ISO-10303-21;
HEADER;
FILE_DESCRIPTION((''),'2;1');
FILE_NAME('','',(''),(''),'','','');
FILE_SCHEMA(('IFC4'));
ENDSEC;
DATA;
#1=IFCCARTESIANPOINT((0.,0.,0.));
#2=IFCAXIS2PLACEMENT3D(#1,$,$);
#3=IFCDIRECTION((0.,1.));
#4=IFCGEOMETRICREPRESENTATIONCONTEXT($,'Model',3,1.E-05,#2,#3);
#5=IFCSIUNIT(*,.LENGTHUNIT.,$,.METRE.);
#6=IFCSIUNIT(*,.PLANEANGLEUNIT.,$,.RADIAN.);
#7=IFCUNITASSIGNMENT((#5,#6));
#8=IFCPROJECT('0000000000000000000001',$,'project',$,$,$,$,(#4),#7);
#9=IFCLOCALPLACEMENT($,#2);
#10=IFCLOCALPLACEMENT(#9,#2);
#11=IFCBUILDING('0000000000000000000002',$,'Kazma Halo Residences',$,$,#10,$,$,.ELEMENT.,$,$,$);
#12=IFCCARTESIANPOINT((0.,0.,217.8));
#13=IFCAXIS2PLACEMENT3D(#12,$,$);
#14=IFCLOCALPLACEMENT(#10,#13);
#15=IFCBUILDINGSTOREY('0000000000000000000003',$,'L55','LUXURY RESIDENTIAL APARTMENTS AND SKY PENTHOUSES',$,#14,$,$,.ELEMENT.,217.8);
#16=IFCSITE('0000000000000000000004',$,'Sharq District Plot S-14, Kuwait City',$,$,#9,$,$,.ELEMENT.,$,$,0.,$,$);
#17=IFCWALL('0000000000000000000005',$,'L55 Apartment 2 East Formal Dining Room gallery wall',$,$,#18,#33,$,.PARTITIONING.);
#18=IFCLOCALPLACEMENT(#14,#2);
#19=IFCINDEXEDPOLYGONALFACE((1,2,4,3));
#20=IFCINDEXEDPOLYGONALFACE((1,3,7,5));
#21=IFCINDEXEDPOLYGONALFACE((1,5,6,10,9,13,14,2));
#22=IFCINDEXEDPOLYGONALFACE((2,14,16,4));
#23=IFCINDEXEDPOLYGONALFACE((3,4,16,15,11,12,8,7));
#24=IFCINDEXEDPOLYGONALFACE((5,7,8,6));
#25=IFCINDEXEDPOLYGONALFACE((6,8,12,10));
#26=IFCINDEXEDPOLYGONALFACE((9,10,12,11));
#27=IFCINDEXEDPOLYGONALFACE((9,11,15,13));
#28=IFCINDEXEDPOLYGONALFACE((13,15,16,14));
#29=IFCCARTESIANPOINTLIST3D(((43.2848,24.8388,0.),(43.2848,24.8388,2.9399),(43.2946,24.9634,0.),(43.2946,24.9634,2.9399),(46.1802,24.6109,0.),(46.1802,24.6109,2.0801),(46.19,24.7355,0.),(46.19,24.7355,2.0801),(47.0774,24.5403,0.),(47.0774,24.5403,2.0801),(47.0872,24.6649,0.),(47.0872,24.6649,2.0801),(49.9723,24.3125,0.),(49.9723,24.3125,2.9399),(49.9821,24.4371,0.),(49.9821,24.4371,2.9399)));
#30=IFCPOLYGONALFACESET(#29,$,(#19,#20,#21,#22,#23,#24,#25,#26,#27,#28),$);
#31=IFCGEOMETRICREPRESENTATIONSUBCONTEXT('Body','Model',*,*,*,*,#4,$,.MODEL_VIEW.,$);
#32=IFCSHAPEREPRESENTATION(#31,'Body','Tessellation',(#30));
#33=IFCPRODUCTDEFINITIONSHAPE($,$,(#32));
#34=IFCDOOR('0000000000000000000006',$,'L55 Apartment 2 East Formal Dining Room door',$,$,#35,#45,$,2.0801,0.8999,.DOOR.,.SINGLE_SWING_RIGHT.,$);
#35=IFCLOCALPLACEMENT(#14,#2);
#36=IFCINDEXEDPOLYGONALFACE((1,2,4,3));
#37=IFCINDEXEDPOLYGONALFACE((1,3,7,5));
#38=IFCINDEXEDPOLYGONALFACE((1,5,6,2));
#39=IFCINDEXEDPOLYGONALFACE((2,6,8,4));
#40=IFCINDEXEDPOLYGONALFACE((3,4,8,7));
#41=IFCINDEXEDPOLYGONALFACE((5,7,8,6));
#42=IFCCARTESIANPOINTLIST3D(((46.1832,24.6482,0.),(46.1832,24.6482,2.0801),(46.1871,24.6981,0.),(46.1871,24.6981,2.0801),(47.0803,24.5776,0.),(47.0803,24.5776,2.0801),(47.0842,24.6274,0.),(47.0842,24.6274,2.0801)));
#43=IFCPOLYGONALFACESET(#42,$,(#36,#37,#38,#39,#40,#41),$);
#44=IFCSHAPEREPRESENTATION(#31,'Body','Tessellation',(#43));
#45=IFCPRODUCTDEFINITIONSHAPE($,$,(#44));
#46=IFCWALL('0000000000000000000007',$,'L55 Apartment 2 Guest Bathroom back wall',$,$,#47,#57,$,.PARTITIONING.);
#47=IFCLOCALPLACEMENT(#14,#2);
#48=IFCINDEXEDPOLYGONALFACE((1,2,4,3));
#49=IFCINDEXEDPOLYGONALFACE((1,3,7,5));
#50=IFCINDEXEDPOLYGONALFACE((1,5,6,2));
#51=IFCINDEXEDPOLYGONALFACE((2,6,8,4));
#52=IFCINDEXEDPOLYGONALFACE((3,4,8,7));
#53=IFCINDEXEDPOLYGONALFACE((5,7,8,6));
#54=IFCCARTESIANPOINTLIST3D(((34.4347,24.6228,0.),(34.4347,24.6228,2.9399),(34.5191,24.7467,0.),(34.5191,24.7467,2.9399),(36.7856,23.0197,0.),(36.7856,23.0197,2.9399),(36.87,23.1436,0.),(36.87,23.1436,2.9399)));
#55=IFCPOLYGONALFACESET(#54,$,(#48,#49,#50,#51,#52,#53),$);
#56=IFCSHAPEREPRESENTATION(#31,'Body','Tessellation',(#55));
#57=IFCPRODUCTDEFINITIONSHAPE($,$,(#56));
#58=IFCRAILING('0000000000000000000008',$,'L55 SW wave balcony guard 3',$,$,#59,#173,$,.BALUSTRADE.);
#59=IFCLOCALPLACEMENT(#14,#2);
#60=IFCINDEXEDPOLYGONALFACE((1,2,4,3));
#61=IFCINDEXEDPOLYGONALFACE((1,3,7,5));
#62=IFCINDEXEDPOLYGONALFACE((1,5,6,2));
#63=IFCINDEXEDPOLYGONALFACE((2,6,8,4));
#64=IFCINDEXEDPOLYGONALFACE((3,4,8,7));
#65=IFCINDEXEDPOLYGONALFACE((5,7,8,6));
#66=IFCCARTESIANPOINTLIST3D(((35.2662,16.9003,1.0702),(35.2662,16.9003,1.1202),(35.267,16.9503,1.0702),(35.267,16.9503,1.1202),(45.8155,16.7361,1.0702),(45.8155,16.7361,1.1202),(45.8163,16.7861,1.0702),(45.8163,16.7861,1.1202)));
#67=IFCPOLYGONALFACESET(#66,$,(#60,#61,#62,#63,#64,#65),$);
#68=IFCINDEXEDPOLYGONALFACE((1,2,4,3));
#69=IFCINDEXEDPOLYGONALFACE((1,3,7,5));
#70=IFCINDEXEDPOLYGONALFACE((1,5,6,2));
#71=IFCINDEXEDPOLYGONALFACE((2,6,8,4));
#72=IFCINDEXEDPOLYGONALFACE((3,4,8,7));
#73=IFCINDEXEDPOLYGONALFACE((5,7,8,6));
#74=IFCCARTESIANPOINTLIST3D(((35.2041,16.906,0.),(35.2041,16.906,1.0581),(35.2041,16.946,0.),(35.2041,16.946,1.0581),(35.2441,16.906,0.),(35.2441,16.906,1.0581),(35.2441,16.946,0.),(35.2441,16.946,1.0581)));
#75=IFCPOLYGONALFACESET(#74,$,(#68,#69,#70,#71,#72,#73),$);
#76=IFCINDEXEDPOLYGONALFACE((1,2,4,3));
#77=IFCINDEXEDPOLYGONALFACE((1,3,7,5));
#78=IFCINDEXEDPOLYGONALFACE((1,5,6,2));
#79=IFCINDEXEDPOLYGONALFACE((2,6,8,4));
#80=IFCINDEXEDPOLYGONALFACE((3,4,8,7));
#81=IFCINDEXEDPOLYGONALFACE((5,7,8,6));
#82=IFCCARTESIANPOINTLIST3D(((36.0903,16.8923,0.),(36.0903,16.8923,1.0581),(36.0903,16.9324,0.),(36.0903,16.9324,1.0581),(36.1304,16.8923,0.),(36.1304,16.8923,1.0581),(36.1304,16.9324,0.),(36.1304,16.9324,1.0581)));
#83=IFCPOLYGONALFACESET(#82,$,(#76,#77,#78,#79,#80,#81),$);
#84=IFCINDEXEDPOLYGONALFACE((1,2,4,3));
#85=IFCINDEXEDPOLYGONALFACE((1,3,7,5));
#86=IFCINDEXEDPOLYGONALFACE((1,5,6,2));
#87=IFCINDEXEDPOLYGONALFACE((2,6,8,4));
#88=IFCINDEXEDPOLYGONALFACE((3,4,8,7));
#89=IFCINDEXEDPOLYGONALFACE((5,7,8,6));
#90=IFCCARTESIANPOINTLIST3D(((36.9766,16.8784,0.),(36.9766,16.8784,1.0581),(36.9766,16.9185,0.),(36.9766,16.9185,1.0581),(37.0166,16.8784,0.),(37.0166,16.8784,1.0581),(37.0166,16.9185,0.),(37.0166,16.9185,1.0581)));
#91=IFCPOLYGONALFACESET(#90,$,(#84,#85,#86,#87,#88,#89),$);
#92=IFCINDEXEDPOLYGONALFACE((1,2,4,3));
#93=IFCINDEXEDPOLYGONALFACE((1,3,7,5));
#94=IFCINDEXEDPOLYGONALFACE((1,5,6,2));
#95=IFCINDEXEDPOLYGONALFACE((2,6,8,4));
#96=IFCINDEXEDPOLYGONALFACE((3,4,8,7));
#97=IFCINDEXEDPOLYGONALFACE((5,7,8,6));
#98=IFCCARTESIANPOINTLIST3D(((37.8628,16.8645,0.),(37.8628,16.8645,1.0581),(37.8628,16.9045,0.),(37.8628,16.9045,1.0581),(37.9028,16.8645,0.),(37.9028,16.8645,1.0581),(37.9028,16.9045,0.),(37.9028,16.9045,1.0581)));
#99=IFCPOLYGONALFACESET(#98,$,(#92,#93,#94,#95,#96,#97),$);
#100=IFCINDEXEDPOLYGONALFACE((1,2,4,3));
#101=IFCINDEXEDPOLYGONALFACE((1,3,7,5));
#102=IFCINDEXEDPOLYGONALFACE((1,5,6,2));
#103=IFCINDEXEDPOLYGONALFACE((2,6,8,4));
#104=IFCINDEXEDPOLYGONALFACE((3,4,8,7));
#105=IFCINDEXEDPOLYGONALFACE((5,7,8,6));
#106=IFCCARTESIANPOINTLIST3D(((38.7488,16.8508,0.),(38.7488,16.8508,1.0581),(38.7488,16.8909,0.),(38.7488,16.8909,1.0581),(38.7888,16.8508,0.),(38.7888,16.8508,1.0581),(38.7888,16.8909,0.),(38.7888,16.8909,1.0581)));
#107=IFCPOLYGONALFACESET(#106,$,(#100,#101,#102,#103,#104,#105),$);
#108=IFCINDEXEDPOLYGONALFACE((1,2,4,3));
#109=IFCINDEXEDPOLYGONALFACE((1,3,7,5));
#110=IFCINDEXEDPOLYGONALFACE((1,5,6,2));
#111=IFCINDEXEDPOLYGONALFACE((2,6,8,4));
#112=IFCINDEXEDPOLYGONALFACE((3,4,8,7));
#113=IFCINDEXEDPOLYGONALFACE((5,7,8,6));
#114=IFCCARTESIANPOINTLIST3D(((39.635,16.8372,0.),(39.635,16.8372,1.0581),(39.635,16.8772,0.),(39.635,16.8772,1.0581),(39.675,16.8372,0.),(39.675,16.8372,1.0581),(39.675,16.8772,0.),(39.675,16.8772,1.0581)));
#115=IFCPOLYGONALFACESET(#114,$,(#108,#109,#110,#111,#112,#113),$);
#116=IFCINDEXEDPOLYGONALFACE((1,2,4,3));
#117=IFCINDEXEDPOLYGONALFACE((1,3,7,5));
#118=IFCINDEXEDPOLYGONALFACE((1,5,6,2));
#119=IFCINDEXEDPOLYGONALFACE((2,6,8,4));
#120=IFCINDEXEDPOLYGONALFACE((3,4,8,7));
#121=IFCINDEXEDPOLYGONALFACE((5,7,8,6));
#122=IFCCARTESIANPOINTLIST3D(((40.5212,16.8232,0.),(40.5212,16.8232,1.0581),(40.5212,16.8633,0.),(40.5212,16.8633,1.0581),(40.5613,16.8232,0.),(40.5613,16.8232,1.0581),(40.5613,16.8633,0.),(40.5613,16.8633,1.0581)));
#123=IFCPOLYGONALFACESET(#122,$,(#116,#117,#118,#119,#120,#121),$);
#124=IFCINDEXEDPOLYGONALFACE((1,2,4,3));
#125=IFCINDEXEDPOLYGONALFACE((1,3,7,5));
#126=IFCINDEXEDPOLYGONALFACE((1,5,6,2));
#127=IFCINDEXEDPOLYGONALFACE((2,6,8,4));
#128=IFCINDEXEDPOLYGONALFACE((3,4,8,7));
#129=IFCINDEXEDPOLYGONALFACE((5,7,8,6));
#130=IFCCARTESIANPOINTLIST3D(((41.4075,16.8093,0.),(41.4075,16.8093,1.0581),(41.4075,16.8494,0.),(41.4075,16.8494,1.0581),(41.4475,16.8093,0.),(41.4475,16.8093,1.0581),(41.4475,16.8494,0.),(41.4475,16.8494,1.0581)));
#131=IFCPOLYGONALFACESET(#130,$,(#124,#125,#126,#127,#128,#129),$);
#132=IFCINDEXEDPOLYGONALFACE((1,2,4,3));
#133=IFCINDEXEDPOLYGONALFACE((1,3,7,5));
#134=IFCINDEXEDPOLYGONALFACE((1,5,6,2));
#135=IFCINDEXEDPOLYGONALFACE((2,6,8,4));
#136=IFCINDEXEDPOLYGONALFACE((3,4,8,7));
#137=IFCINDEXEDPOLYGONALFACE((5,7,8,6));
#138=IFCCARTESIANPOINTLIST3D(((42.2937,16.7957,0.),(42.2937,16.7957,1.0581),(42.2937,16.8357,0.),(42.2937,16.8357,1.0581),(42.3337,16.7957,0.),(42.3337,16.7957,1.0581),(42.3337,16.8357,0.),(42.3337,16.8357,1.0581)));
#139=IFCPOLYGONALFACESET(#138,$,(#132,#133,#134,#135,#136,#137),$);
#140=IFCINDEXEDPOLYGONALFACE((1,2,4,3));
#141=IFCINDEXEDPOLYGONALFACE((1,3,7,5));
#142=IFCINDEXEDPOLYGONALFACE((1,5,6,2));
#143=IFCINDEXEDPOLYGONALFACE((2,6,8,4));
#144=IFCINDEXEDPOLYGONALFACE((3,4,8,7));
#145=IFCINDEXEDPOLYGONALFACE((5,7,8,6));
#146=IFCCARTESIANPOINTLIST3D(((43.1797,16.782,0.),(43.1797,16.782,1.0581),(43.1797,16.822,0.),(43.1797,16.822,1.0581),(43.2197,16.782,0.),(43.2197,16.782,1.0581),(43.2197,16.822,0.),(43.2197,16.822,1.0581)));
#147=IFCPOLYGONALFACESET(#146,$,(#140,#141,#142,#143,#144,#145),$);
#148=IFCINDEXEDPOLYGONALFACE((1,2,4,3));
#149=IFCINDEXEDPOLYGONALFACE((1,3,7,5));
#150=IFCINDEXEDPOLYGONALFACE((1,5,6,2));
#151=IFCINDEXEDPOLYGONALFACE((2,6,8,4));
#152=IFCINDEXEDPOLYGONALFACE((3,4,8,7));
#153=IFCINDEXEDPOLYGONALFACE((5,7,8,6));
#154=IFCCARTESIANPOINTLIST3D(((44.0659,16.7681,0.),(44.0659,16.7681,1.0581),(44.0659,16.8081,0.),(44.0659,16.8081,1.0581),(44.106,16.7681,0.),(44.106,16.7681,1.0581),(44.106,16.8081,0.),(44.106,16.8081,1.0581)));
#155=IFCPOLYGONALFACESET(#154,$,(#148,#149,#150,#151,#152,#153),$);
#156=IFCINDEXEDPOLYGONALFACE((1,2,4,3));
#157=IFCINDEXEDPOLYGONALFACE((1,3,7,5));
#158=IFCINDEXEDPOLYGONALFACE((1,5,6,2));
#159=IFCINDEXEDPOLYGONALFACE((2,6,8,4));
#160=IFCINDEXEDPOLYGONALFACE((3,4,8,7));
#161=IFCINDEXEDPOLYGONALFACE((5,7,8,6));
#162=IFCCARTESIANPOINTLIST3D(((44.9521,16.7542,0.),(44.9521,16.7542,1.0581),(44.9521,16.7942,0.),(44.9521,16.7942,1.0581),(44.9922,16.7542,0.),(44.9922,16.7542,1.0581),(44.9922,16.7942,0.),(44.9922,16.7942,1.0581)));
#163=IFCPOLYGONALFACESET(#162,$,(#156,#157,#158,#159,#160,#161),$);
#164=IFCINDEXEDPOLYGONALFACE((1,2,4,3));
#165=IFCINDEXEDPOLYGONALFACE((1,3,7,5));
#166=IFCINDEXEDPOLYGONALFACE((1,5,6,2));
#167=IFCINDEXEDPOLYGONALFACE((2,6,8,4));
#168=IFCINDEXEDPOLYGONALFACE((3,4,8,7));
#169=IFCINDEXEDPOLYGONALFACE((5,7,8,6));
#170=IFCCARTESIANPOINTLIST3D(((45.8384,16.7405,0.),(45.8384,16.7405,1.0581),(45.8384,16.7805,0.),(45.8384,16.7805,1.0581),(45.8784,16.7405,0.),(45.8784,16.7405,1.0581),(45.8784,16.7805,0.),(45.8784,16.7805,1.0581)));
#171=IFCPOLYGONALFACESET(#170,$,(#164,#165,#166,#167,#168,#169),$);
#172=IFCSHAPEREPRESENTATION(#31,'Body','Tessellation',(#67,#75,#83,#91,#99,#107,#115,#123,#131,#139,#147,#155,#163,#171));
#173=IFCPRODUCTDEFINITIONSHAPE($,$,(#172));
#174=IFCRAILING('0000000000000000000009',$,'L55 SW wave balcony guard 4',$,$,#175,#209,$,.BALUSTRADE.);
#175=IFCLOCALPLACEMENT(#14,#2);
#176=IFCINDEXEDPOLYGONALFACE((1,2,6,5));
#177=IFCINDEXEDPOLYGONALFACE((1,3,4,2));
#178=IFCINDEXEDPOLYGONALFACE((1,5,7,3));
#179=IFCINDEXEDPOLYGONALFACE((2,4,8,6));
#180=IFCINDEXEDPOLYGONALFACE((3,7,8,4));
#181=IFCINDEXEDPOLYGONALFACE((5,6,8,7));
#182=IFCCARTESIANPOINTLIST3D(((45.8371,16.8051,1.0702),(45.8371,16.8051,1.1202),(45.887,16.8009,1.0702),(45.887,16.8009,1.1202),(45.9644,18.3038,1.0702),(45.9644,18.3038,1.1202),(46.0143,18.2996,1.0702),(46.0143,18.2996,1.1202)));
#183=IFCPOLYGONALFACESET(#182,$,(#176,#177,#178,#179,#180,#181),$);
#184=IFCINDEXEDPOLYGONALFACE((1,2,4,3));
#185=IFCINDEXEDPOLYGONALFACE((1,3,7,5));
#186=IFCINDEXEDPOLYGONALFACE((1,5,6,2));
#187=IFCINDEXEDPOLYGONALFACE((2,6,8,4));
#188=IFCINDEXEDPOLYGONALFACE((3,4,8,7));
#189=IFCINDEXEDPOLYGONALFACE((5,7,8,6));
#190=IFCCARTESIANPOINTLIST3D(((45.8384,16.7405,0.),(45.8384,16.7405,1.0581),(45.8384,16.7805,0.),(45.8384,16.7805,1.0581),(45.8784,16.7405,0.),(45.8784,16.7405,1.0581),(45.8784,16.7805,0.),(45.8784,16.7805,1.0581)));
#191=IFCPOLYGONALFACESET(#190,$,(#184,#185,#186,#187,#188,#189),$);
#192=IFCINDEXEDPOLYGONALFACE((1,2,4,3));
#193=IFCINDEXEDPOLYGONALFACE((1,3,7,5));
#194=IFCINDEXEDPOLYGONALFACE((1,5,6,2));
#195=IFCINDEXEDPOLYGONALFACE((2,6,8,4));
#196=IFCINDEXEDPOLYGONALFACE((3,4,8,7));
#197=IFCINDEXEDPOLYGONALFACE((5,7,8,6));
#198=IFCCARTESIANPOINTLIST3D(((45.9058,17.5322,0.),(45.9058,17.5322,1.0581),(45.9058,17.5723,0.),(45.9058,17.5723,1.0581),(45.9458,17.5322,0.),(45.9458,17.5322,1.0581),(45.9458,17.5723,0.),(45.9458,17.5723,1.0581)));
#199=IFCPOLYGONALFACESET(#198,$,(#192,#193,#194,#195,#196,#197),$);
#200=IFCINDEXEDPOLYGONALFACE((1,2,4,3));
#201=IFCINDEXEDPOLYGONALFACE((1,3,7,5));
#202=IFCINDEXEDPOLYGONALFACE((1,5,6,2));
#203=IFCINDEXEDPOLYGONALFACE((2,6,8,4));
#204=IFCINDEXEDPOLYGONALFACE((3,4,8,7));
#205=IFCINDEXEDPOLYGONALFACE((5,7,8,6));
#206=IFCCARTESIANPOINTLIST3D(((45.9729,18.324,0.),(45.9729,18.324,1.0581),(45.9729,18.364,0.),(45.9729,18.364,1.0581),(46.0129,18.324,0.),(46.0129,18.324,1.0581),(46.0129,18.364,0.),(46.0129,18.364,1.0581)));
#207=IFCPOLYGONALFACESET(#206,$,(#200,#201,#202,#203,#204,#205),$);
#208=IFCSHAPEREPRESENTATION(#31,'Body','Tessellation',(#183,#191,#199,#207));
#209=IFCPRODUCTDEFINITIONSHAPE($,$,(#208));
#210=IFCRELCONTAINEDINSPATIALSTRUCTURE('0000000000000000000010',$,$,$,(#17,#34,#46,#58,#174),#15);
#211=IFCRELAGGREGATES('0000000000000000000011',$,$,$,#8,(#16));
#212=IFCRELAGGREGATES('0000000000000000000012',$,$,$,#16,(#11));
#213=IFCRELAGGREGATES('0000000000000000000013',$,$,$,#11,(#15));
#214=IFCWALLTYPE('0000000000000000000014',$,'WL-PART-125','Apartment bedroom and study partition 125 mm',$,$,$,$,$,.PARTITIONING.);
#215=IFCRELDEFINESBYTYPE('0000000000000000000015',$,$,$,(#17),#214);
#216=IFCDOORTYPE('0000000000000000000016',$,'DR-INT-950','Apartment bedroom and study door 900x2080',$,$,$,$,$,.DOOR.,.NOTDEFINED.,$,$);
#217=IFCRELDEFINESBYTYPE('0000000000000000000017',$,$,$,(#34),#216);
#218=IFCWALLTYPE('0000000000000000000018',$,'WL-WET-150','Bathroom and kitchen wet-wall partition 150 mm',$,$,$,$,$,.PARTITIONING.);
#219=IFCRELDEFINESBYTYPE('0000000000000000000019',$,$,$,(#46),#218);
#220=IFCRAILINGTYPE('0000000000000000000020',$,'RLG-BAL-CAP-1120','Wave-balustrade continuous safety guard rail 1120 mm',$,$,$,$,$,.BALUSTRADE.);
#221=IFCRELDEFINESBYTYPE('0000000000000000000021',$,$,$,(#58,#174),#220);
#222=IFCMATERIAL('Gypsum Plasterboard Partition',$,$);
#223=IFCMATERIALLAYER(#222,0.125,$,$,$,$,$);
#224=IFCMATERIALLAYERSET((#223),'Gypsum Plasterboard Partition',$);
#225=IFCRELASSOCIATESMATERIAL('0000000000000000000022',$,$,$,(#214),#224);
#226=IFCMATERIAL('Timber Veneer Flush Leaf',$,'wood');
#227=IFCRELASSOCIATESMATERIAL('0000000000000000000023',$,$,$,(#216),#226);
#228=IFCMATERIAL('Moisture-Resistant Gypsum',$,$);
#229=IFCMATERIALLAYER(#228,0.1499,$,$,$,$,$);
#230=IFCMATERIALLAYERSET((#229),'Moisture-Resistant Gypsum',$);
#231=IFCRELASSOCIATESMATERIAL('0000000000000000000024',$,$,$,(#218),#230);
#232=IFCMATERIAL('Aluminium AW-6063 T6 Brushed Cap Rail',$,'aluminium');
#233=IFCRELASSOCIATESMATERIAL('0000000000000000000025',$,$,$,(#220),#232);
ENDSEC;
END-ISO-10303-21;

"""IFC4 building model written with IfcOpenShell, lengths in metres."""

from ifc_helpers import new_model, si_unit, direction, frame, frame_2d, origin, origin_2d, place, context, subcontext, project, spatial, rectangle, extrude, material, layer, layer_set, type_object, element, fill, save


model = new_model("IFC4")

# Units and contexts
model_context = context("Model", 3, precision=1e-05, world=origin(), true_north=direction((0.0, 1.0)))
body_context = subcontext(model_context, "Body", "Model", "MODEL_VIEW")
ifc_project = project(units=[si_unit("LENGTHUNIT", "METRE"), si_unit("PLANEANGLEUNIT", "RADIAN")], contexts=[model_context])

# Site, building, storey
site_placement = place(None, origin())
site = spatial("IfcSite", under=ifc_project, at=site_placement, Name="Sharq District Plot S-14, Kuwait City", CompositionType="ELEMENT", RefElevation=0.0)
building_placement = place(site_placement, origin())
building = spatial("IfcBuilding", under=site, at=building_placement, Name="Kazma Halo Residences", CompositionType="ELEMENT")
storey_placement = place(building_placement, frame((0.0, 0.0, 217.8)))
storey = spatial("IfcBuildingStorey", under=building, at=storey_placement, Name="L55", Description="LUXURY RESIDENTIAL APARTMENTS AND SKY PENTHOUSES", CompositionType="ELEMENT", Elevation=217.8)

# Shared definitions
ifc_material_1 = material(Name="Gypsum Plasterboard Partition")
ifc_layer_1 = layer(ifc_material_1, 0.125)
ifc_layer_set_1 = layer_set([ifc_layer_1], Name="Gypsum Plasterboard Partition")
wall_type_1 = type_object("IfcWallType", Name="WL-PART-125", Description="Apartment bedroom and study partition 125 mm", PredefinedType="PARTITIONING", material=ifc_layer_set_1)

# Wall, opening, door
wall_1_placement = place(storey_placement, frame((43.2898, 24.9011, 0.0), z_axis=(0.0, 0.0, 1.0), x_axis=(0.996917, -0.078466, 0.0)))
wall_1 = element("IfcWall", 1, at=wall_1_placement, inside=storey, type_object=wall_type_1, Name="L55 Apartment 2 East Formal Dining Room gallery wall", PredefinedType="PARTITIONING", context=body_context, shape_type="SweptSolid", body=[
    extrude(rectangle(XDim=6.7083, YDim=0.125, at=frame_2d((3.354, 0.0))), origin(), (0.0, 0.0, 1.0), 2.9399),
])
opening_1_placement = place(wall_1_placement, frame((2.9043, 0.0, 0.0)))
opening_1 = element("IfcOpeningElement", 2, at=opening_1_placement, cuts=wall_1, PredefinedType="OPENING", context=body_context, shape_type="SweptSolid", body=[
    extrude(rectangle(XDim=0.8999, YDim=2.0801, at=frame_2d((0.45, 1.04))), frame((0.0, 0.0725, 0.0), z_axis=(0.0, -1.0, 0.0), x_axis=(1.0, 0.0, 0.0)), (0.0, 0.0, 1.0), 0.145),
])
ifc_material_2 = material(Name="Timber Veneer Flush Leaf", Category="wood")
door_type_1 = type_object("IfcDoorType", Name="DR-INT-950", Description="Apartment bedroom and study door 900x2080", OperationType="NOTDEFINED", PredefinedType="DOOR", material=ifc_material_2)
door_1_placement = place(opening_1_placement, origin())
door_1 = element("IfcDoor", 3, at=door_1_placement, inside=storey, type_object=door_type_1, Name="L55 Apartment 2 East Formal Dining Room door", OperationType="SINGLE_SWING_RIGHT", OverallHeight=2.0801, OverallWidth=0.8999, PredefinedType="DOOR", context=body_context, shape_type="SweptSolid", body=[
    extrude(rectangle(XDim=0.8999, YDim=2.0801, at=frame_2d((0.45, 1.04))), frame((0.0, 0.0249, 0.0), z_axis=(0.0, -1.0, 0.0), x_axis=(1.0, 0.0, 0.0)), (0.0, 0.0, 1.0), 0.05),
])
fill(opening_1, door_1)

# Wall
ifc_material_3 = material(Name="Moisture-Resistant Gypsum")
ifc_layer_2 = layer(ifc_material_3, 0.1499)
ifc_layer_set_2 = layer_set([ifc_layer_2], Name="Moisture-Resistant Gypsum")
wall_type_2 = type_object("IfcWallType", Name="WL-WET-150", Description="Bathroom and kitchen wet-wall partition 150 mm", PredefinedType="PARTITIONING", material=ifc_layer_set_2)
wall_2_placement = place(storey_placement, frame((34.4768, 24.6848, 0.0), z_axis=(0.0, 0.0, 1.0), x_axis=(0.826196, -0.563382, 0.0)))
element("IfcWall", 4, at=wall_2_placement, inside=storey, type_object=wall_type_2, Name="L55 Apartment 2 Guest Bathroom back wall", PredefinedType="PARTITIONING", context=body_context, shape_type="SweptSolid", body=[
    extrude(rectangle(XDim=2.8455, YDim=0.1499, at=frame_2d((1.4229, 0.0))), origin(), (0.0, 0.0, 1.0), 2.9399),
])

# Railings
ifc_material_4 = material(Name="Aluminium AW-6063 T6 Brushed Cap Rail", Category="aluminium")
railing_type = type_object("IfcRailingType", Name="RLG-BAL-CAP-1120", Description="Wave-balustrade continuous safety guard rail 1120 mm", PredefinedType="BALUSTRADE", material=ifc_material_4)
railing_1_placement = place(storey_placement, frame((35.2241, 16.926, 0.0)))
element("IfcRailing", 5, at=railing_1_placement, inside=storey, type_object=railing_type, Name="L55 SW wave balcony guard 3", PredefinedType="BALUSTRADE", context=body_context, shape_type="SweptSolid", body=[
    extrude(rectangle(XDim=0.05, YDim=0.05, at=origin_2d()), frame((0.0425, -0.0007, 1.0952), z_axis=(0.999879, -0.015564, 0.0), x_axis=(0.015564, 0.999879, 0.0)), (0.0, 0.0, 1.0), 10.5505),
    extrude(rectangle(XDim=0.04, YDim=0.04, at=origin_2d()), origin(), (0.0, 0.0, 1.0), 1.0581),
    extrude(rectangle(XDim=0.04, YDim=0.04, at=origin_2d()), frame((0.8862, -0.0137, 0.0)), (0.0, 0.0, 1.0), 1.0581),
    extrude(rectangle(XDim=0.04, YDim=0.04, at=origin_2d()), frame((1.7725, -0.0276, 0.0)), (0.0, 0.0, 1.0), 1.0581),
    extrude(rectangle(XDim=0.04, YDim=0.04, at=origin_2d()), frame((2.6587, -0.0415, 0.0)), (0.0, 0.0, 1.0), 1.0581),
    extrude(rectangle(XDim=0.04, YDim=0.04, at=origin_2d()), frame((3.5447, -0.0552, 0.0)), (0.0, 0.0, 1.0), 1.0581),
    extrude(rectangle(XDim=0.04, YDim=0.04, at=origin_2d()), frame((4.4309, -0.0688, 0.0)), (0.0, 0.0, 1.0), 1.0581),
    extrude(rectangle(XDim=0.04, YDim=0.04, at=origin_2d()), frame((5.3171, -0.0828, 0.0)), (0.0, 0.0, 1.0), 1.0581),
    extrude(rectangle(XDim=0.04, YDim=0.04, at=origin_2d()), frame((6.2034, -0.0967, 0.0)), (0.0, 0.0, 1.0), 1.0581),
    extrude(rectangle(XDim=0.04, YDim=0.04, at=origin_2d()), frame((7.0896, -0.1104, 0.0)), (0.0, 0.0, 1.0), 1.0581),
    extrude(rectangle(XDim=0.04, YDim=0.04, at=origin_2d()), frame((7.9756, -0.124, 0.0)), (0.0, 0.0, 1.0), 1.0581),
    extrude(rectangle(XDim=0.04, YDim=0.04, at=origin_2d()), frame((8.8618, -0.1379, 0.0)), (0.0, 0.0, 1.0), 1.0581),
    extrude(rectangle(XDim=0.04, YDim=0.04, at=origin_2d()), frame((9.748, -0.1519, 0.0)), (0.0, 0.0, 1.0), 1.0581),
    extrude(rectangle(XDim=0.04, YDim=0.04, at=origin_2d()), frame((10.6343, -0.1655, 0.0)), (0.0, 0.0, 1.0), 1.0581),
])
railing_2_placement = place(storey_placement, frame((45.8584, 16.7605, 0.0)))
element("IfcRailing", 6, at=railing_2_placement, inside=storey, type_object=railing_type, Name="L55 SW wave balcony guard 4", PredefinedType="BALUSTRADE", context=body_context, shape_type="SweptSolid", body=[
    extrude(rectangle(XDim=0.05, YDim=0.05, at=origin_2d()), frame((0.0037, 0.0425, 1.0952), z_axis=(0.084647, 0.996411, 0.0), x_axis=(-0.996411, 0.084647, 0.0)), (0.0, 0.0, 1.0), 1.5042),
    extrude(rectangle(XDim=0.04, YDim=0.04, at=origin_2d()), origin(), (0.0, 0.0, 1.0), 1.0581),
    extrude(rectangle(XDim=0.04, YDim=0.04, at=origin_2d()), frame((0.0674, 0.7917, 0.0)), (0.0, 0.0, 1.0), 1.0581),
    extrude(rectangle(XDim=0.04, YDim=0.04, at=origin_2d()), frame((0.1345, 1.5835, 0.0)), (0.0, 0.0, 1.0), 1.0581),
])

save(model, "model.ifc")
